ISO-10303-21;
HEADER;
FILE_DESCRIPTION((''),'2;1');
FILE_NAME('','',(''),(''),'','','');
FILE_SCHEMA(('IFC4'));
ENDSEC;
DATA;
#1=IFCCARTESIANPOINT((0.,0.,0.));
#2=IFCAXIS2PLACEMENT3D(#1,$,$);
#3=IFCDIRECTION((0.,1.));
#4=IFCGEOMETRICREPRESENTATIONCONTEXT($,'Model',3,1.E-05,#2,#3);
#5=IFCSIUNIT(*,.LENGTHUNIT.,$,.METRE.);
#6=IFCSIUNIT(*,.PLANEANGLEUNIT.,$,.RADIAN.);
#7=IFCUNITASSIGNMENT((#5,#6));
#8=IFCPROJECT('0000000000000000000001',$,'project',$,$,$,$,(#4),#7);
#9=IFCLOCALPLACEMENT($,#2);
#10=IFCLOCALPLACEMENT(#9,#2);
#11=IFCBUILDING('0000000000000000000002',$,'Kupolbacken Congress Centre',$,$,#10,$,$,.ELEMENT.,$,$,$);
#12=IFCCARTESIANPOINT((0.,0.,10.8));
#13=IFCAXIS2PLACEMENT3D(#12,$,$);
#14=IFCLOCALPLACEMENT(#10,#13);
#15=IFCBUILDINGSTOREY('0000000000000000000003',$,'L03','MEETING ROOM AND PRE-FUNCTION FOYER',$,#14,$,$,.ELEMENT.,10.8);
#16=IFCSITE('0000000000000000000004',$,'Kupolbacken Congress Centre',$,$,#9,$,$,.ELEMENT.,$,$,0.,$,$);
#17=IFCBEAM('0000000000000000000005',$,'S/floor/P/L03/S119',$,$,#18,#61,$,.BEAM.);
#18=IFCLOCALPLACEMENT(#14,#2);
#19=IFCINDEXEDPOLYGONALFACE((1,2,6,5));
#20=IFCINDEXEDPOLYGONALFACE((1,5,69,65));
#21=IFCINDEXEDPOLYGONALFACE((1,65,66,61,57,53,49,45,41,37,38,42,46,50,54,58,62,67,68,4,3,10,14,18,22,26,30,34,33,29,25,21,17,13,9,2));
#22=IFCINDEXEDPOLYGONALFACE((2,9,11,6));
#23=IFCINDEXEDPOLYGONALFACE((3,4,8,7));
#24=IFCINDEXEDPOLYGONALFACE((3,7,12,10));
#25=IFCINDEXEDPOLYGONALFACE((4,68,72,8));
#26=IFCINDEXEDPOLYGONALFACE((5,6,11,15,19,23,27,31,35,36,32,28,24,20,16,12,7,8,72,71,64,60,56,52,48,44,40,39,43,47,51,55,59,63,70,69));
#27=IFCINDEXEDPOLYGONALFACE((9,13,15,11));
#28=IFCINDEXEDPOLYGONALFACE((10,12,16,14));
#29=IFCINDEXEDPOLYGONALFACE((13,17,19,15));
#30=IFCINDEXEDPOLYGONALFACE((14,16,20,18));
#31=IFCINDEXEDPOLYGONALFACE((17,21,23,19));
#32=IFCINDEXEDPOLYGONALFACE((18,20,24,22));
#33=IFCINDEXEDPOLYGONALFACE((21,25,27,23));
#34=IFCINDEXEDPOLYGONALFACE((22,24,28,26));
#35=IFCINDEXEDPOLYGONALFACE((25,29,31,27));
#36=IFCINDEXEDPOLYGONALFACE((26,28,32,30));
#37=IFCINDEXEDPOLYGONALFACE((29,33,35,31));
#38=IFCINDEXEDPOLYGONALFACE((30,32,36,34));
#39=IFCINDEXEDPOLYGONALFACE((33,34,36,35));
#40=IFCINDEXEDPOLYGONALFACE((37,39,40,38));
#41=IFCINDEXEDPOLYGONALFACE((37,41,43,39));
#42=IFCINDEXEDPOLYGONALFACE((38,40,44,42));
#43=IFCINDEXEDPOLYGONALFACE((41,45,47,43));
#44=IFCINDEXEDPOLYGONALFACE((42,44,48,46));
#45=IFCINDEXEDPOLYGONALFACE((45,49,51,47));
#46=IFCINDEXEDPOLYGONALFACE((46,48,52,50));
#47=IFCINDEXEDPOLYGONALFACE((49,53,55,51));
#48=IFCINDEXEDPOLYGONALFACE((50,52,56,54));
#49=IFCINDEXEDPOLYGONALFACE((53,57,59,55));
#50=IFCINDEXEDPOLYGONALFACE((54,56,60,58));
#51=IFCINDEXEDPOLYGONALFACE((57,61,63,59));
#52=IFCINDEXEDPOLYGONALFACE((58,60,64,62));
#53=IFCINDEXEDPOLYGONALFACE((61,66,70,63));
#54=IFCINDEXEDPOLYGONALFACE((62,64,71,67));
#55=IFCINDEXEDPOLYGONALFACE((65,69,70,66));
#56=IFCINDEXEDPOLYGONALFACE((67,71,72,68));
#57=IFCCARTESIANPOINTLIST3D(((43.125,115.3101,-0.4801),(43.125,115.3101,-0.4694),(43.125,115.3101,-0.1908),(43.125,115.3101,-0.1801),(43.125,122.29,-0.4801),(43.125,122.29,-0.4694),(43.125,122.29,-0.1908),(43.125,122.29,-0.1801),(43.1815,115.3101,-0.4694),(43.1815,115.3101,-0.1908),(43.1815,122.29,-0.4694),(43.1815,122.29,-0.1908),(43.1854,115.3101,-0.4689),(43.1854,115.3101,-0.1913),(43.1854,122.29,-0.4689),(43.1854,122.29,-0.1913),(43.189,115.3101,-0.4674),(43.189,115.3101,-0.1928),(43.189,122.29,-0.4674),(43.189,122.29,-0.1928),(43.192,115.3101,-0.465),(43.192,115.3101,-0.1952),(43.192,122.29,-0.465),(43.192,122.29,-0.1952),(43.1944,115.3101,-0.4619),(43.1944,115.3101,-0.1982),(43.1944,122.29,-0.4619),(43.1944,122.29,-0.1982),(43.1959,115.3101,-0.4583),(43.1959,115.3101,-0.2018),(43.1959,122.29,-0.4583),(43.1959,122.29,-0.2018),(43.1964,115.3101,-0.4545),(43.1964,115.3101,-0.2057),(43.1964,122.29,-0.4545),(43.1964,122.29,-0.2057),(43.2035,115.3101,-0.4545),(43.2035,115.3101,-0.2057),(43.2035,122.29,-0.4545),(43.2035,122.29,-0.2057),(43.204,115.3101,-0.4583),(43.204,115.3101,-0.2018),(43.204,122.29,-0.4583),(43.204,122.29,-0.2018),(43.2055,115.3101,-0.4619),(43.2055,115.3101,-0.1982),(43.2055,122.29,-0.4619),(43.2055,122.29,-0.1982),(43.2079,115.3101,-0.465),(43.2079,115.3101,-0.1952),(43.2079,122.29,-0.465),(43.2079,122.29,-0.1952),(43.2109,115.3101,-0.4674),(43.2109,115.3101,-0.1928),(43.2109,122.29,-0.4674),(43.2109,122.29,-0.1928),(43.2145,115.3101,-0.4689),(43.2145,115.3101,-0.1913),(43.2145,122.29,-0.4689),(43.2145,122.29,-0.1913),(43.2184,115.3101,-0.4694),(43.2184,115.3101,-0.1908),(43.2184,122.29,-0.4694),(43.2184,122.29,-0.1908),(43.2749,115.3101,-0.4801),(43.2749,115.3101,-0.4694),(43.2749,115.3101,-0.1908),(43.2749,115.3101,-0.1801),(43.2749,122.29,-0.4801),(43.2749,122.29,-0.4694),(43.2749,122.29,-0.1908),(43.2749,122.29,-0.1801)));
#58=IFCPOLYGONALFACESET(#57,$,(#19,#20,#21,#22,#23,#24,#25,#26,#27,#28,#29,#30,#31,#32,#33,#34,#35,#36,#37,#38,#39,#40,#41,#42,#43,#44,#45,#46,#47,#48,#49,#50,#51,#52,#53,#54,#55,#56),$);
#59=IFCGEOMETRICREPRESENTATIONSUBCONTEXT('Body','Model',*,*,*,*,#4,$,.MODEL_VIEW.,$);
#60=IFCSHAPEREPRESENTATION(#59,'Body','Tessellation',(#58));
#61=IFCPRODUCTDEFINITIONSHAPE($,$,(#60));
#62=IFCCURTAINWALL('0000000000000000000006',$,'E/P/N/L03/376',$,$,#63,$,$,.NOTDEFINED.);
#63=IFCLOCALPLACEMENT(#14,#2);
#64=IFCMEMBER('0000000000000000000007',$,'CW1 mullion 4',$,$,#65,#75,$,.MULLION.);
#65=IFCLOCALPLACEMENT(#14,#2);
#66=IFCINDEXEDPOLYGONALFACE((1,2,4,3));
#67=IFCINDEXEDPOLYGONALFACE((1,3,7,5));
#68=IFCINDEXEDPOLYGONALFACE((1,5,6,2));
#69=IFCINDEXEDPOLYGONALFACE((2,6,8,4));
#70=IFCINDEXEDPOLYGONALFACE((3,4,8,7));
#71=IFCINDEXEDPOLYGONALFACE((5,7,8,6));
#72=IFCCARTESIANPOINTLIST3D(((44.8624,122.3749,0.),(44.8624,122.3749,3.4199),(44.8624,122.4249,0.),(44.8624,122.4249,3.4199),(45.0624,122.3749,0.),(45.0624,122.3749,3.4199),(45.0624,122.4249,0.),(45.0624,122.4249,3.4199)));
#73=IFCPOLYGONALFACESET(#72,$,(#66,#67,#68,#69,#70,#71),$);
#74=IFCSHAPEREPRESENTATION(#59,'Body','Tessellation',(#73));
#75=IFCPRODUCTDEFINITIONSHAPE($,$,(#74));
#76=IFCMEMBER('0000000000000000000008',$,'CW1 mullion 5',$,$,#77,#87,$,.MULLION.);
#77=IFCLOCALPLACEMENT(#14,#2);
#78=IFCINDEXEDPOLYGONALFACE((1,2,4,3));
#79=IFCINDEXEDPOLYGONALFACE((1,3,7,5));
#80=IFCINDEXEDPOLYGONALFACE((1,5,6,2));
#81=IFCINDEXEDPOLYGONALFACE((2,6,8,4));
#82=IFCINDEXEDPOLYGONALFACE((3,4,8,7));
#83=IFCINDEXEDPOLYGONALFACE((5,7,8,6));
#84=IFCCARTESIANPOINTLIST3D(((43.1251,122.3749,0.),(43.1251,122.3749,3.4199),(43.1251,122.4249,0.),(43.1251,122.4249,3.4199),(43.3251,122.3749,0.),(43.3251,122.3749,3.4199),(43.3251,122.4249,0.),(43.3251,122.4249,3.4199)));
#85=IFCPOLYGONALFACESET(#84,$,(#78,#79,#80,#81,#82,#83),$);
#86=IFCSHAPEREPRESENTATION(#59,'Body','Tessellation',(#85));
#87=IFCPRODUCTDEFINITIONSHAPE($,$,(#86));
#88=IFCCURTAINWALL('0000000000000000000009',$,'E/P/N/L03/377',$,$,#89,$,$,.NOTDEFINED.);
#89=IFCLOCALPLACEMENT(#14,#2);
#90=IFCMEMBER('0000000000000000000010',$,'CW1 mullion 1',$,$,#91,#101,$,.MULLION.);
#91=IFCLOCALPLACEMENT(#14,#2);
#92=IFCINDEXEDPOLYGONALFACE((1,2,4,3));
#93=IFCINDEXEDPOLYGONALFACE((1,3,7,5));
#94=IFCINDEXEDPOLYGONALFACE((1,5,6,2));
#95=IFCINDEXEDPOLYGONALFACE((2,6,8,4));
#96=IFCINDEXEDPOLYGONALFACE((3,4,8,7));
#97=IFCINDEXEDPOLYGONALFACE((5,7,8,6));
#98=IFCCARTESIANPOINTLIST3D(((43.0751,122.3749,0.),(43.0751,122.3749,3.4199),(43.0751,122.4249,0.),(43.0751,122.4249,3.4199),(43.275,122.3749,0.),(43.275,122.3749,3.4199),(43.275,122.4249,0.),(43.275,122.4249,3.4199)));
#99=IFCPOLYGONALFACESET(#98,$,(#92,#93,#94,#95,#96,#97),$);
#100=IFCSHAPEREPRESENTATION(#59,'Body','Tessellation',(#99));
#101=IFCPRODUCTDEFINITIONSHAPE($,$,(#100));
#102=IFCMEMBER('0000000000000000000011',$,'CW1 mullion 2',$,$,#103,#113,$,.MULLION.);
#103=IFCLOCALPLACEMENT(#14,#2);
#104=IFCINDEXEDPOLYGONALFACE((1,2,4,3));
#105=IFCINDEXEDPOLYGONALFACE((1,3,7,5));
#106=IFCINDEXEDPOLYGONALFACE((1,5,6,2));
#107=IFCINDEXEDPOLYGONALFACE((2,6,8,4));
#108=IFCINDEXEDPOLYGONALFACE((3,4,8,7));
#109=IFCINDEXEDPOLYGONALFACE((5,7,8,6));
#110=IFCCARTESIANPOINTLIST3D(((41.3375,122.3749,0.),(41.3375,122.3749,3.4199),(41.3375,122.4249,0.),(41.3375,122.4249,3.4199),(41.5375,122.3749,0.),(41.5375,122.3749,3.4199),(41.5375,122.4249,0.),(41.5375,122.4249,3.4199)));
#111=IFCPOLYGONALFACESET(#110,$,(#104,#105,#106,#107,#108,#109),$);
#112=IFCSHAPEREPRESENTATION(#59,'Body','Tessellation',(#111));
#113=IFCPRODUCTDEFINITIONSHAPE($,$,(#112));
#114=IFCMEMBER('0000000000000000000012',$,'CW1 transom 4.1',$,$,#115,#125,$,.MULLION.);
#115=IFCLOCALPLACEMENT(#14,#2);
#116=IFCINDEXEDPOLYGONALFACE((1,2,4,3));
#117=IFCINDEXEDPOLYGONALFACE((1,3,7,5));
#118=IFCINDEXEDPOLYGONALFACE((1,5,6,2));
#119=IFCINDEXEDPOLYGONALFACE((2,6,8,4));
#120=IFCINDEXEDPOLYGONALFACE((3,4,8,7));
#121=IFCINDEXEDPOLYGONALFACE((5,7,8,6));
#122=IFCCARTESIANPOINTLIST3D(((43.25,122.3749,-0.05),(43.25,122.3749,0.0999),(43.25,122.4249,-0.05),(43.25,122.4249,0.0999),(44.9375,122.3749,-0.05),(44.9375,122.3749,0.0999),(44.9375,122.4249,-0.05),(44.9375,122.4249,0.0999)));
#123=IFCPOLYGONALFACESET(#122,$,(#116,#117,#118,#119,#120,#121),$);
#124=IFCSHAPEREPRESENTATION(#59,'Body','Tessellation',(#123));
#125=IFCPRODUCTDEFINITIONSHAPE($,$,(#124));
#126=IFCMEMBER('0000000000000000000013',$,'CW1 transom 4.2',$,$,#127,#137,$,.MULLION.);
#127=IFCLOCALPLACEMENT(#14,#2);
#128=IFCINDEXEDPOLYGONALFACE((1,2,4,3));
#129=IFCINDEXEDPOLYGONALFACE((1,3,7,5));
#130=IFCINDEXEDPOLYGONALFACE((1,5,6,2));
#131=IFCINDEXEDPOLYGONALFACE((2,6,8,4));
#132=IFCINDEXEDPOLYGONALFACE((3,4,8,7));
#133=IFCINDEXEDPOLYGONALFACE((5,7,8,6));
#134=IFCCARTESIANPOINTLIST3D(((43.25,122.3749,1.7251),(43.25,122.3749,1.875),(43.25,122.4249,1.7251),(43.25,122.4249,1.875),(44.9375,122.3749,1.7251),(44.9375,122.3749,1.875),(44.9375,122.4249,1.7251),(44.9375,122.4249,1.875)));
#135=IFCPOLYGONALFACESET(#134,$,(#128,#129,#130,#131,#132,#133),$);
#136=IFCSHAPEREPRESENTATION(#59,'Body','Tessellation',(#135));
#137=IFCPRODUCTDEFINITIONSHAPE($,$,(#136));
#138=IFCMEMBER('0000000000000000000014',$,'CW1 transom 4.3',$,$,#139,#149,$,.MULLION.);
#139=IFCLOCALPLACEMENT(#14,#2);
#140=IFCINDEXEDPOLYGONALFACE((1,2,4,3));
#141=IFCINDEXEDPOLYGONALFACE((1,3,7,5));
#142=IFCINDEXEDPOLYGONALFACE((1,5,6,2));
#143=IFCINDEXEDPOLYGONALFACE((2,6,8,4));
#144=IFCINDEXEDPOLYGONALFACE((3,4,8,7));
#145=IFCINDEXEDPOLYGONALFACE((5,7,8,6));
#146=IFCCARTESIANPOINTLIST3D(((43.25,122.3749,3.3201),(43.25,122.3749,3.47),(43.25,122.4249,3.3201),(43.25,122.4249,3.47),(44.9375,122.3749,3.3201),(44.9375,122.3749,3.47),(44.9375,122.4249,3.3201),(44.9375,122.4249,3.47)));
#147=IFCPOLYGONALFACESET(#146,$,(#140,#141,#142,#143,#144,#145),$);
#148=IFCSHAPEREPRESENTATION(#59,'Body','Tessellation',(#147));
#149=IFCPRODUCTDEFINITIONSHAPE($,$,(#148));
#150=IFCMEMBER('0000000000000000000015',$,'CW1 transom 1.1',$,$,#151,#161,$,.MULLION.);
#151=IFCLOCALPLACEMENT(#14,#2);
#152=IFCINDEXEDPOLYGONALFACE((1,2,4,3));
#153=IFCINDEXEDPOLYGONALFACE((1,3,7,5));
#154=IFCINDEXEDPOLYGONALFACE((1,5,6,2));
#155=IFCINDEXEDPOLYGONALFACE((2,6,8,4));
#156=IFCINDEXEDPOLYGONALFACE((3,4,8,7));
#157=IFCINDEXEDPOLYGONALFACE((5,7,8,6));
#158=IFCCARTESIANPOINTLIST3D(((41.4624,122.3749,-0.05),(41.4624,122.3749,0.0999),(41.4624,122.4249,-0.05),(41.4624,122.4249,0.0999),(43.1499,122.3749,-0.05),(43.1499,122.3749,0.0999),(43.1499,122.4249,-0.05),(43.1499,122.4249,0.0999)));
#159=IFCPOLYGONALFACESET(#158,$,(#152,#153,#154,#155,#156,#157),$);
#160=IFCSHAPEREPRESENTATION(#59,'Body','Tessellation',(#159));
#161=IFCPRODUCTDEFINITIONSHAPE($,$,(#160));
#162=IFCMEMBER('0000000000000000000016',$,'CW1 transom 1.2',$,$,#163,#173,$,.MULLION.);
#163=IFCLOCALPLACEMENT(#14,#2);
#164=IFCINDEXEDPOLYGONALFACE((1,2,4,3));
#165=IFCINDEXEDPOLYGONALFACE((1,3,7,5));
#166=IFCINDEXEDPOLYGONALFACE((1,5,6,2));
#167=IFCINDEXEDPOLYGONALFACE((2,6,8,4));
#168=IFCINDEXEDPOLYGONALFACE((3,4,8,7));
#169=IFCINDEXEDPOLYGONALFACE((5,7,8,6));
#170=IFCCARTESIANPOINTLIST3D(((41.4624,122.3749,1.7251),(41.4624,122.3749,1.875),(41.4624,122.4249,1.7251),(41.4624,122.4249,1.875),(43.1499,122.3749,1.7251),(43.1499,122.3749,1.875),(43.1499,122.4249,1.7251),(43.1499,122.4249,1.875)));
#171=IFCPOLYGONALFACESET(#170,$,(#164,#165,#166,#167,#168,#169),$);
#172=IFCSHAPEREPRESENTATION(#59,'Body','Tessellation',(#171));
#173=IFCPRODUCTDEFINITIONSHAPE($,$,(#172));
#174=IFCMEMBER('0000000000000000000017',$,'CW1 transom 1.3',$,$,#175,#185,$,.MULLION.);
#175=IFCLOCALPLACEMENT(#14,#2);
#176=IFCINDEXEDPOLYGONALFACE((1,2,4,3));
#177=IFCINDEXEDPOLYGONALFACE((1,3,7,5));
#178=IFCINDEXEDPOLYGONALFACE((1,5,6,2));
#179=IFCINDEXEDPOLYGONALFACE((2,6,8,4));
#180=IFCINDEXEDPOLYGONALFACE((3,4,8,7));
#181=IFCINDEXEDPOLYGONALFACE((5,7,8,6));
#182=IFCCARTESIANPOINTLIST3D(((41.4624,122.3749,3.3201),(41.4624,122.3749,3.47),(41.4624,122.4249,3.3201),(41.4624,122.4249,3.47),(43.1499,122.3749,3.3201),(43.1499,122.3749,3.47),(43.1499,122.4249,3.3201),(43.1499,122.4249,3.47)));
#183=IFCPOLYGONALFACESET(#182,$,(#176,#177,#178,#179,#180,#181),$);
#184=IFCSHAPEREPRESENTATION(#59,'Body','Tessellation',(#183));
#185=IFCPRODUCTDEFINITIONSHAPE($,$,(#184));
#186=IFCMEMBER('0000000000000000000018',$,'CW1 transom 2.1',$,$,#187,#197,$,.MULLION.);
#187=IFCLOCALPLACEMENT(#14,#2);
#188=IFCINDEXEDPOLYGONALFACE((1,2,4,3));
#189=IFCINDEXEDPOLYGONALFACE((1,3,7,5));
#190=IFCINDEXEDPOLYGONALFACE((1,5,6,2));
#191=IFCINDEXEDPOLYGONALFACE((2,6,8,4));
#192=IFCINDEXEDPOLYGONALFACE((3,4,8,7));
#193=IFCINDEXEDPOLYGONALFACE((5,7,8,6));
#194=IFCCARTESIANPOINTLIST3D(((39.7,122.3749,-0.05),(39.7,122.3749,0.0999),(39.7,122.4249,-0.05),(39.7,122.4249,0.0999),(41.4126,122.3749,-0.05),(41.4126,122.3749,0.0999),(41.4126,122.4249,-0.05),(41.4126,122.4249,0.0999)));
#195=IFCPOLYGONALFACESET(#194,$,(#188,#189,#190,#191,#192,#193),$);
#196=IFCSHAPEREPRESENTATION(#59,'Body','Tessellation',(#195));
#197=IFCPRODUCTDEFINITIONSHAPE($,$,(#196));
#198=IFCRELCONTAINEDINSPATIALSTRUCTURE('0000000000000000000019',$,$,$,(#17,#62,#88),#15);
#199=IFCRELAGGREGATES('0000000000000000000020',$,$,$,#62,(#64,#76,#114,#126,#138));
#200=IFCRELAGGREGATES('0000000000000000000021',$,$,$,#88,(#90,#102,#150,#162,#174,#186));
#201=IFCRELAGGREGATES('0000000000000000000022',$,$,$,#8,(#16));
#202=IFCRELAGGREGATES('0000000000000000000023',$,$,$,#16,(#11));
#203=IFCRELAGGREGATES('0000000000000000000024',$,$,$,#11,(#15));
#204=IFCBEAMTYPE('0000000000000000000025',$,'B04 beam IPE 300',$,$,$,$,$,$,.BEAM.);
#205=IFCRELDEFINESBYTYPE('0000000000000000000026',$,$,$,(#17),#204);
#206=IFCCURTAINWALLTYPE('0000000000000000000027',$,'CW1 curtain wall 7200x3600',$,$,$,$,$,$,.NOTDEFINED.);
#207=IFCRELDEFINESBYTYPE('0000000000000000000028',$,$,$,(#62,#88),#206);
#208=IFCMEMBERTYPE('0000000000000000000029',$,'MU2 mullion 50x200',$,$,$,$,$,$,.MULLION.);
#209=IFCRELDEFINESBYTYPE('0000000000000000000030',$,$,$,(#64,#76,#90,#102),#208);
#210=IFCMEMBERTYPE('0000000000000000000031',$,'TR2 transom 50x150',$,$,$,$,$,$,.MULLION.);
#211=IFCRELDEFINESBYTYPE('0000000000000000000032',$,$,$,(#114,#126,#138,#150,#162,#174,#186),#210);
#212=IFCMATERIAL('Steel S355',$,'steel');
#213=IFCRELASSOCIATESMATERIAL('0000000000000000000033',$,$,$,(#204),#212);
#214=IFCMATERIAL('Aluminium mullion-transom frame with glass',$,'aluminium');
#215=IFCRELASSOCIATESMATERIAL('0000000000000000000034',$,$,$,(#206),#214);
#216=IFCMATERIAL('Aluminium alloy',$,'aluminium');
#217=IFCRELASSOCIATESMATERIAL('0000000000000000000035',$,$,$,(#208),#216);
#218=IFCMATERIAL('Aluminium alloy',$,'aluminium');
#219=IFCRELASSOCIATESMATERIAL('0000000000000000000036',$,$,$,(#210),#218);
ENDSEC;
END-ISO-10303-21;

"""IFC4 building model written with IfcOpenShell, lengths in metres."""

from ifc_helpers import new_model, si_unit, direction, frame, origin, origin_2d, place, context, subcontext, project, spatial, rectangle, i_section, extrude, material, material_profile, profile_set, type_object, element, aggregate, save


model = new_model("IFC4")

# Units and contexts
model_context = context("Model", 3, precision=1e-05, world=origin(), true_north=direction((0.0, 1.0)))
body_context = subcontext(model_context, "Body", "Model", "MODEL_VIEW")
ifc_project = project(units=[si_unit("LENGTHUNIT", "METRE"), si_unit("PLANEANGLEUNIT", "RADIAN")], contexts=[model_context])

# Site, building, storey
site_placement = place(None, origin())
site = spatial("IfcSite", under=ifc_project, at=site_placement, Name="Kupolbacken Congress Centre", CompositionType="ELEMENT", RefElevation=0.0)
building_placement = place(site_placement, origin())
building = spatial("IfcBuilding", under=site, at=building_placement, Name="Kupolbacken Congress Centre", CompositionType="ELEMENT")
storey_placement = place(building_placement, frame((0.0, 0.0, 10.8)))
storey = spatial("IfcBuildingStorey", under=building, at=storey_placement, Name="L03", Description="MEETING ROOM AND PRE-FUNCTION FOYER", CompositionType="ELEMENT", Elevation=10.8)

# Beam
ifc_material_1 = material(Name="Steel S355", Category="steel")
ifc_material_profile_1 = material_profile(ifc_material_1, i_section(OverallWidth=0.1499, OverallDepth=0.3, WebThickness=0.0071, FlangeThickness=0.0107, FilletRadius=0.0149, at=origin_2d()), Name="IPE 300")
ifc_profile_set_1 = profile_set([ifc_material_profile_1], Name="Steel S355")
beam_type = type_object("IfcBeamType", Name="B04 beam IPE 300", PredefinedType="BEAM", material=ifc_profile_set_1)
beam_placement = place(storey_placement, frame((43.2, 115.3101, -0.3301), z_axis=(0.0, 1.0, 0.0), x_axis=(-1.0, 0.0, 0.0)))
element("IfcBeam", 1, at=beam_placement, inside=storey, type_object=beam_type, Name="S/floor/P/L03/S119", PredefinedType="BEAM", context=body_context, shape_type="SweptSolid", body=[
    extrude(i_section(OverallWidth=0.1499, OverallDepth=0.3, WebThickness=0.0071, FlangeThickness=0.0107, FilletRadius=0.0149, at=origin_2d()), origin(), (0.0, 0.0, 1.0), 6.98),
])

# Curtain walls, members
ifc_material_2 = material(Name="Aluminium mullion-transom frame with glass", Category="aluminium")
curtain_wall_type = type_object("IfcCurtainWallType", Name="CW1 curtain wall 7200x3600", PredefinedType="NOTDEFINED", material=ifc_material_2)
curtain_wall_1_placement = place(storey_placement, origin())
curtain_wall_1 = element("IfcCurtainWall", 2, at=curtain_wall_1_placement, inside=storey, type_object=curtain_wall_type, Name="E/P/N/L03/376", PredefinedType="NOTDEFINED")
ifc_material_3 = material(Name="Aluminium alloy", Category="aluminium")
ifc_material_profile_2 = material_profile(ifc_material_3, rectangle(XDim=0.05, YDim=0.2, at=origin_2d()), Name="50 x 200")
ifc_profile_set_2 = profile_set([ifc_material_profile_2], Name="Aluminium alloy")
member_type_1 = type_object("IfcMemberType", Name="MU2 mullion 50x200", PredefinedType="MULLION", material=ifc_profile_set_2)
member_1_placement = place(storey_placement, frame((44.9624, 122.3999, 0.0), z_axis=(0.0, 0.0, 1.0), x_axis=(0.0, -1.0, 0.0)))
member_1 = element("IfcMember", 3, at=member_1_placement, type_object=member_type_1, Name="CW1 mullion 4", PredefinedType="MULLION", context=body_context, shape_type="SweptSolid", body=[
    extrude(rectangle(XDim=0.05, YDim=0.2, at=origin_2d()), origin(), (0.0, 0.0, 1.0), 3.4199),
])
member_2_placement = place(storey_placement, frame((43.2251, 122.3999, 0.0), z_axis=(0.0, 0.0, 1.0), x_axis=(0.0, -1.0, 0.0)))
member_2 = element("IfcMember", 4, at=member_2_placement, type_object=member_type_1, Name="CW1 mullion 5", PredefinedType="MULLION", context=body_context, shape_type="SweptSolid", body=[
    extrude(rectangle(XDim=0.05, YDim=0.2, at=origin_2d()), origin(), (0.0, 0.0, 1.0), 3.4199),
])
curtain_wall_2_placement = place(storey_placement, origin())
curtain_wall_2 = element("IfcCurtainWall", 5, at=curtain_wall_2_placement, inside=storey, type_object=curtain_wall_type, Name="E/P/N/L03/377", PredefinedType="NOTDEFINED")
member_3_placement = place(storey_placement, frame((43.175, 122.3999, 0.0), z_axis=(0.0, 0.0, 1.0), x_axis=(0.0, -1.0, 0.0)))
member_3 = element("IfcMember", 6, at=member_3_placement, type_object=member_type_1, Name="CW1 mullion 1", PredefinedType="MULLION", context=body_context, shape_type="SweptSolid", body=[
    extrude(rectangle(XDim=0.05, YDim=0.2, at=origin_2d()), origin(), (0.0, 0.0, 1.0), 3.4199),
])
member_4_placement = place(storey_placement, frame((41.4375, 122.3999, 0.0), z_axis=(0.0, 0.0, 1.0), x_axis=(0.0, -1.0, 0.0)))
member_4 = element("IfcMember", 7, at=member_4_placement, type_object=member_type_1, Name="CW1 mullion 2", PredefinedType="MULLION", context=body_context, shape_type="SweptSolid", body=[
    extrude(rectangle(XDim=0.05, YDim=0.2, at=origin_2d()), origin(), (0.0, 0.0, 1.0), 3.4199),
])

# Members
ifc_material_4 = material(Name="Aluminium alloy", Category="aluminium")
ifc_material_profile_3 = material_profile(ifc_material_4, rectangle(XDim=0.05, YDim=0.1499, at=origin_2d()), Name="50 x 150")
ifc_profile_set_3 = profile_set([ifc_material_profile_3], Name="Aluminium alloy")
member_type_2 = type_object("IfcMemberType", Name="TR2 transom 50x150", PredefinedType="MULLION", material=ifc_profile_set_3)
member_5_placement = place(storey_placement, frame((44.9375, 122.3999, 0.0249), z_axis=(-1.0, 0.0, 0.0), x_axis=(0.0, -1.0, 0.0)))
member_5 = element("IfcMember", 8, at=member_5_placement, type_object=member_type_2, Name="CW1 transom 4.1", PredefinedType="MULLION", context=body_context, shape_type="SweptSolid", body=[
    extrude(rectangle(XDim=0.05, YDim=0.1499, at=origin_2d()), origin(), (0.0, 0.0, 1.0), 1.6875),
])
member_6_placement = place(storey_placement, frame((44.9375, 122.3999, 1.8), z_axis=(-1.0, 0.0, 0.0), x_axis=(0.0, -1.0, 0.0)))
member_6 = element("IfcMember", 9, at=member_6_placement, type_object=member_type_2, Name="CW1 transom 4.2", PredefinedType="MULLION", context=body_context, shape_type="SweptSolid", body=[
    extrude(rectangle(XDim=0.05, YDim=0.1499, at=origin_2d()), origin(), (0.0, 0.0, 1.0), 1.6875),
])
member_7_placement = place(storey_placement, frame((44.9375, 122.3999, 3.395), z_axis=(-1.0, 0.0, 0.0), x_axis=(0.0, -1.0, 0.0)))
member_7 = element("IfcMember", 10, at=member_7_placement, type_object=member_type_2, Name="CW1 transom 4.3", PredefinedType="MULLION", context=body_context, shape_type="SweptSolid", body=[
    extrude(rectangle(XDim=0.05, YDim=0.1499, at=origin_2d()), origin(), (0.0, 0.0, 1.0), 1.6875),
])
member_8_placement = place(storey_placement, frame((43.1499, 122.3999, 0.0249), z_axis=(-1.0, 0.0, 0.0), x_axis=(0.0, -1.0, 0.0)))
member_8 = element("IfcMember", 11, at=member_8_placement, type_object=member_type_2, Name="CW1 transom 1.1", PredefinedType="MULLION", context=body_context, shape_type="SweptSolid", body=[
    extrude(rectangle(XDim=0.05, YDim=0.1499, at=origin_2d()), origin(), (0.0, 0.0, 1.0), 1.6875),
])
member_9_placement = place(storey_placement, frame((43.1499, 122.3999, 1.8), z_axis=(-1.0, 0.0, 0.0), x_axis=(0.0, -1.0, 0.0)))
member_9 = element("IfcMember", 12, at=member_9_placement, type_object=member_type_2, Name="CW1 transom 1.2", PredefinedType="MULLION", context=body_context, shape_type="SweptSolid", body=[
    extrude(rectangle(XDim=0.05, YDim=0.1499, at=origin_2d()), origin(), (0.0, 0.0, 1.0), 1.6875),
])
member_10_placement = place(storey_placement, frame((43.1499, 122.3999, 3.395), z_axis=(-1.0, 0.0, 0.0), x_axis=(0.0, -1.0, 0.0)))
member_10 = element("IfcMember", 13, at=member_10_placement, type_object=member_type_2, Name="CW1 transom 1.3", PredefinedType="MULLION", context=body_context, shape_type="SweptSolid", body=[
    extrude(rectangle(XDim=0.05, YDim=0.1499, at=origin_2d()), origin(), (0.0, 0.0, 1.0), 1.6875),
])
member_11_placement = place(storey_placement, frame((41.4126, 122.3999, 0.0249), z_axis=(-1.0, 0.0, 0.0), x_axis=(0.0, -1.0, 0.0)))
member_11 = element("IfcMember", 14, at=member_11_placement, type_object=member_type_2, Name="CW1 transom 2.1", PredefinedType="MULLION", context=body_context, shape_type="SweptSolid", body=[
    extrude(rectangle(XDim=0.05, YDim=0.1499, at=origin_2d()), origin(), (0.0, 0.0, 1.0), 1.7126),
])

aggregate(curtain_wall_1, [member_1, member_2, member_5, member_6, member_7])
aggregate(curtain_wall_2, [member_3, member_4, member_8, member_9, member_10, member_11])

save(model, "model.ifc")
